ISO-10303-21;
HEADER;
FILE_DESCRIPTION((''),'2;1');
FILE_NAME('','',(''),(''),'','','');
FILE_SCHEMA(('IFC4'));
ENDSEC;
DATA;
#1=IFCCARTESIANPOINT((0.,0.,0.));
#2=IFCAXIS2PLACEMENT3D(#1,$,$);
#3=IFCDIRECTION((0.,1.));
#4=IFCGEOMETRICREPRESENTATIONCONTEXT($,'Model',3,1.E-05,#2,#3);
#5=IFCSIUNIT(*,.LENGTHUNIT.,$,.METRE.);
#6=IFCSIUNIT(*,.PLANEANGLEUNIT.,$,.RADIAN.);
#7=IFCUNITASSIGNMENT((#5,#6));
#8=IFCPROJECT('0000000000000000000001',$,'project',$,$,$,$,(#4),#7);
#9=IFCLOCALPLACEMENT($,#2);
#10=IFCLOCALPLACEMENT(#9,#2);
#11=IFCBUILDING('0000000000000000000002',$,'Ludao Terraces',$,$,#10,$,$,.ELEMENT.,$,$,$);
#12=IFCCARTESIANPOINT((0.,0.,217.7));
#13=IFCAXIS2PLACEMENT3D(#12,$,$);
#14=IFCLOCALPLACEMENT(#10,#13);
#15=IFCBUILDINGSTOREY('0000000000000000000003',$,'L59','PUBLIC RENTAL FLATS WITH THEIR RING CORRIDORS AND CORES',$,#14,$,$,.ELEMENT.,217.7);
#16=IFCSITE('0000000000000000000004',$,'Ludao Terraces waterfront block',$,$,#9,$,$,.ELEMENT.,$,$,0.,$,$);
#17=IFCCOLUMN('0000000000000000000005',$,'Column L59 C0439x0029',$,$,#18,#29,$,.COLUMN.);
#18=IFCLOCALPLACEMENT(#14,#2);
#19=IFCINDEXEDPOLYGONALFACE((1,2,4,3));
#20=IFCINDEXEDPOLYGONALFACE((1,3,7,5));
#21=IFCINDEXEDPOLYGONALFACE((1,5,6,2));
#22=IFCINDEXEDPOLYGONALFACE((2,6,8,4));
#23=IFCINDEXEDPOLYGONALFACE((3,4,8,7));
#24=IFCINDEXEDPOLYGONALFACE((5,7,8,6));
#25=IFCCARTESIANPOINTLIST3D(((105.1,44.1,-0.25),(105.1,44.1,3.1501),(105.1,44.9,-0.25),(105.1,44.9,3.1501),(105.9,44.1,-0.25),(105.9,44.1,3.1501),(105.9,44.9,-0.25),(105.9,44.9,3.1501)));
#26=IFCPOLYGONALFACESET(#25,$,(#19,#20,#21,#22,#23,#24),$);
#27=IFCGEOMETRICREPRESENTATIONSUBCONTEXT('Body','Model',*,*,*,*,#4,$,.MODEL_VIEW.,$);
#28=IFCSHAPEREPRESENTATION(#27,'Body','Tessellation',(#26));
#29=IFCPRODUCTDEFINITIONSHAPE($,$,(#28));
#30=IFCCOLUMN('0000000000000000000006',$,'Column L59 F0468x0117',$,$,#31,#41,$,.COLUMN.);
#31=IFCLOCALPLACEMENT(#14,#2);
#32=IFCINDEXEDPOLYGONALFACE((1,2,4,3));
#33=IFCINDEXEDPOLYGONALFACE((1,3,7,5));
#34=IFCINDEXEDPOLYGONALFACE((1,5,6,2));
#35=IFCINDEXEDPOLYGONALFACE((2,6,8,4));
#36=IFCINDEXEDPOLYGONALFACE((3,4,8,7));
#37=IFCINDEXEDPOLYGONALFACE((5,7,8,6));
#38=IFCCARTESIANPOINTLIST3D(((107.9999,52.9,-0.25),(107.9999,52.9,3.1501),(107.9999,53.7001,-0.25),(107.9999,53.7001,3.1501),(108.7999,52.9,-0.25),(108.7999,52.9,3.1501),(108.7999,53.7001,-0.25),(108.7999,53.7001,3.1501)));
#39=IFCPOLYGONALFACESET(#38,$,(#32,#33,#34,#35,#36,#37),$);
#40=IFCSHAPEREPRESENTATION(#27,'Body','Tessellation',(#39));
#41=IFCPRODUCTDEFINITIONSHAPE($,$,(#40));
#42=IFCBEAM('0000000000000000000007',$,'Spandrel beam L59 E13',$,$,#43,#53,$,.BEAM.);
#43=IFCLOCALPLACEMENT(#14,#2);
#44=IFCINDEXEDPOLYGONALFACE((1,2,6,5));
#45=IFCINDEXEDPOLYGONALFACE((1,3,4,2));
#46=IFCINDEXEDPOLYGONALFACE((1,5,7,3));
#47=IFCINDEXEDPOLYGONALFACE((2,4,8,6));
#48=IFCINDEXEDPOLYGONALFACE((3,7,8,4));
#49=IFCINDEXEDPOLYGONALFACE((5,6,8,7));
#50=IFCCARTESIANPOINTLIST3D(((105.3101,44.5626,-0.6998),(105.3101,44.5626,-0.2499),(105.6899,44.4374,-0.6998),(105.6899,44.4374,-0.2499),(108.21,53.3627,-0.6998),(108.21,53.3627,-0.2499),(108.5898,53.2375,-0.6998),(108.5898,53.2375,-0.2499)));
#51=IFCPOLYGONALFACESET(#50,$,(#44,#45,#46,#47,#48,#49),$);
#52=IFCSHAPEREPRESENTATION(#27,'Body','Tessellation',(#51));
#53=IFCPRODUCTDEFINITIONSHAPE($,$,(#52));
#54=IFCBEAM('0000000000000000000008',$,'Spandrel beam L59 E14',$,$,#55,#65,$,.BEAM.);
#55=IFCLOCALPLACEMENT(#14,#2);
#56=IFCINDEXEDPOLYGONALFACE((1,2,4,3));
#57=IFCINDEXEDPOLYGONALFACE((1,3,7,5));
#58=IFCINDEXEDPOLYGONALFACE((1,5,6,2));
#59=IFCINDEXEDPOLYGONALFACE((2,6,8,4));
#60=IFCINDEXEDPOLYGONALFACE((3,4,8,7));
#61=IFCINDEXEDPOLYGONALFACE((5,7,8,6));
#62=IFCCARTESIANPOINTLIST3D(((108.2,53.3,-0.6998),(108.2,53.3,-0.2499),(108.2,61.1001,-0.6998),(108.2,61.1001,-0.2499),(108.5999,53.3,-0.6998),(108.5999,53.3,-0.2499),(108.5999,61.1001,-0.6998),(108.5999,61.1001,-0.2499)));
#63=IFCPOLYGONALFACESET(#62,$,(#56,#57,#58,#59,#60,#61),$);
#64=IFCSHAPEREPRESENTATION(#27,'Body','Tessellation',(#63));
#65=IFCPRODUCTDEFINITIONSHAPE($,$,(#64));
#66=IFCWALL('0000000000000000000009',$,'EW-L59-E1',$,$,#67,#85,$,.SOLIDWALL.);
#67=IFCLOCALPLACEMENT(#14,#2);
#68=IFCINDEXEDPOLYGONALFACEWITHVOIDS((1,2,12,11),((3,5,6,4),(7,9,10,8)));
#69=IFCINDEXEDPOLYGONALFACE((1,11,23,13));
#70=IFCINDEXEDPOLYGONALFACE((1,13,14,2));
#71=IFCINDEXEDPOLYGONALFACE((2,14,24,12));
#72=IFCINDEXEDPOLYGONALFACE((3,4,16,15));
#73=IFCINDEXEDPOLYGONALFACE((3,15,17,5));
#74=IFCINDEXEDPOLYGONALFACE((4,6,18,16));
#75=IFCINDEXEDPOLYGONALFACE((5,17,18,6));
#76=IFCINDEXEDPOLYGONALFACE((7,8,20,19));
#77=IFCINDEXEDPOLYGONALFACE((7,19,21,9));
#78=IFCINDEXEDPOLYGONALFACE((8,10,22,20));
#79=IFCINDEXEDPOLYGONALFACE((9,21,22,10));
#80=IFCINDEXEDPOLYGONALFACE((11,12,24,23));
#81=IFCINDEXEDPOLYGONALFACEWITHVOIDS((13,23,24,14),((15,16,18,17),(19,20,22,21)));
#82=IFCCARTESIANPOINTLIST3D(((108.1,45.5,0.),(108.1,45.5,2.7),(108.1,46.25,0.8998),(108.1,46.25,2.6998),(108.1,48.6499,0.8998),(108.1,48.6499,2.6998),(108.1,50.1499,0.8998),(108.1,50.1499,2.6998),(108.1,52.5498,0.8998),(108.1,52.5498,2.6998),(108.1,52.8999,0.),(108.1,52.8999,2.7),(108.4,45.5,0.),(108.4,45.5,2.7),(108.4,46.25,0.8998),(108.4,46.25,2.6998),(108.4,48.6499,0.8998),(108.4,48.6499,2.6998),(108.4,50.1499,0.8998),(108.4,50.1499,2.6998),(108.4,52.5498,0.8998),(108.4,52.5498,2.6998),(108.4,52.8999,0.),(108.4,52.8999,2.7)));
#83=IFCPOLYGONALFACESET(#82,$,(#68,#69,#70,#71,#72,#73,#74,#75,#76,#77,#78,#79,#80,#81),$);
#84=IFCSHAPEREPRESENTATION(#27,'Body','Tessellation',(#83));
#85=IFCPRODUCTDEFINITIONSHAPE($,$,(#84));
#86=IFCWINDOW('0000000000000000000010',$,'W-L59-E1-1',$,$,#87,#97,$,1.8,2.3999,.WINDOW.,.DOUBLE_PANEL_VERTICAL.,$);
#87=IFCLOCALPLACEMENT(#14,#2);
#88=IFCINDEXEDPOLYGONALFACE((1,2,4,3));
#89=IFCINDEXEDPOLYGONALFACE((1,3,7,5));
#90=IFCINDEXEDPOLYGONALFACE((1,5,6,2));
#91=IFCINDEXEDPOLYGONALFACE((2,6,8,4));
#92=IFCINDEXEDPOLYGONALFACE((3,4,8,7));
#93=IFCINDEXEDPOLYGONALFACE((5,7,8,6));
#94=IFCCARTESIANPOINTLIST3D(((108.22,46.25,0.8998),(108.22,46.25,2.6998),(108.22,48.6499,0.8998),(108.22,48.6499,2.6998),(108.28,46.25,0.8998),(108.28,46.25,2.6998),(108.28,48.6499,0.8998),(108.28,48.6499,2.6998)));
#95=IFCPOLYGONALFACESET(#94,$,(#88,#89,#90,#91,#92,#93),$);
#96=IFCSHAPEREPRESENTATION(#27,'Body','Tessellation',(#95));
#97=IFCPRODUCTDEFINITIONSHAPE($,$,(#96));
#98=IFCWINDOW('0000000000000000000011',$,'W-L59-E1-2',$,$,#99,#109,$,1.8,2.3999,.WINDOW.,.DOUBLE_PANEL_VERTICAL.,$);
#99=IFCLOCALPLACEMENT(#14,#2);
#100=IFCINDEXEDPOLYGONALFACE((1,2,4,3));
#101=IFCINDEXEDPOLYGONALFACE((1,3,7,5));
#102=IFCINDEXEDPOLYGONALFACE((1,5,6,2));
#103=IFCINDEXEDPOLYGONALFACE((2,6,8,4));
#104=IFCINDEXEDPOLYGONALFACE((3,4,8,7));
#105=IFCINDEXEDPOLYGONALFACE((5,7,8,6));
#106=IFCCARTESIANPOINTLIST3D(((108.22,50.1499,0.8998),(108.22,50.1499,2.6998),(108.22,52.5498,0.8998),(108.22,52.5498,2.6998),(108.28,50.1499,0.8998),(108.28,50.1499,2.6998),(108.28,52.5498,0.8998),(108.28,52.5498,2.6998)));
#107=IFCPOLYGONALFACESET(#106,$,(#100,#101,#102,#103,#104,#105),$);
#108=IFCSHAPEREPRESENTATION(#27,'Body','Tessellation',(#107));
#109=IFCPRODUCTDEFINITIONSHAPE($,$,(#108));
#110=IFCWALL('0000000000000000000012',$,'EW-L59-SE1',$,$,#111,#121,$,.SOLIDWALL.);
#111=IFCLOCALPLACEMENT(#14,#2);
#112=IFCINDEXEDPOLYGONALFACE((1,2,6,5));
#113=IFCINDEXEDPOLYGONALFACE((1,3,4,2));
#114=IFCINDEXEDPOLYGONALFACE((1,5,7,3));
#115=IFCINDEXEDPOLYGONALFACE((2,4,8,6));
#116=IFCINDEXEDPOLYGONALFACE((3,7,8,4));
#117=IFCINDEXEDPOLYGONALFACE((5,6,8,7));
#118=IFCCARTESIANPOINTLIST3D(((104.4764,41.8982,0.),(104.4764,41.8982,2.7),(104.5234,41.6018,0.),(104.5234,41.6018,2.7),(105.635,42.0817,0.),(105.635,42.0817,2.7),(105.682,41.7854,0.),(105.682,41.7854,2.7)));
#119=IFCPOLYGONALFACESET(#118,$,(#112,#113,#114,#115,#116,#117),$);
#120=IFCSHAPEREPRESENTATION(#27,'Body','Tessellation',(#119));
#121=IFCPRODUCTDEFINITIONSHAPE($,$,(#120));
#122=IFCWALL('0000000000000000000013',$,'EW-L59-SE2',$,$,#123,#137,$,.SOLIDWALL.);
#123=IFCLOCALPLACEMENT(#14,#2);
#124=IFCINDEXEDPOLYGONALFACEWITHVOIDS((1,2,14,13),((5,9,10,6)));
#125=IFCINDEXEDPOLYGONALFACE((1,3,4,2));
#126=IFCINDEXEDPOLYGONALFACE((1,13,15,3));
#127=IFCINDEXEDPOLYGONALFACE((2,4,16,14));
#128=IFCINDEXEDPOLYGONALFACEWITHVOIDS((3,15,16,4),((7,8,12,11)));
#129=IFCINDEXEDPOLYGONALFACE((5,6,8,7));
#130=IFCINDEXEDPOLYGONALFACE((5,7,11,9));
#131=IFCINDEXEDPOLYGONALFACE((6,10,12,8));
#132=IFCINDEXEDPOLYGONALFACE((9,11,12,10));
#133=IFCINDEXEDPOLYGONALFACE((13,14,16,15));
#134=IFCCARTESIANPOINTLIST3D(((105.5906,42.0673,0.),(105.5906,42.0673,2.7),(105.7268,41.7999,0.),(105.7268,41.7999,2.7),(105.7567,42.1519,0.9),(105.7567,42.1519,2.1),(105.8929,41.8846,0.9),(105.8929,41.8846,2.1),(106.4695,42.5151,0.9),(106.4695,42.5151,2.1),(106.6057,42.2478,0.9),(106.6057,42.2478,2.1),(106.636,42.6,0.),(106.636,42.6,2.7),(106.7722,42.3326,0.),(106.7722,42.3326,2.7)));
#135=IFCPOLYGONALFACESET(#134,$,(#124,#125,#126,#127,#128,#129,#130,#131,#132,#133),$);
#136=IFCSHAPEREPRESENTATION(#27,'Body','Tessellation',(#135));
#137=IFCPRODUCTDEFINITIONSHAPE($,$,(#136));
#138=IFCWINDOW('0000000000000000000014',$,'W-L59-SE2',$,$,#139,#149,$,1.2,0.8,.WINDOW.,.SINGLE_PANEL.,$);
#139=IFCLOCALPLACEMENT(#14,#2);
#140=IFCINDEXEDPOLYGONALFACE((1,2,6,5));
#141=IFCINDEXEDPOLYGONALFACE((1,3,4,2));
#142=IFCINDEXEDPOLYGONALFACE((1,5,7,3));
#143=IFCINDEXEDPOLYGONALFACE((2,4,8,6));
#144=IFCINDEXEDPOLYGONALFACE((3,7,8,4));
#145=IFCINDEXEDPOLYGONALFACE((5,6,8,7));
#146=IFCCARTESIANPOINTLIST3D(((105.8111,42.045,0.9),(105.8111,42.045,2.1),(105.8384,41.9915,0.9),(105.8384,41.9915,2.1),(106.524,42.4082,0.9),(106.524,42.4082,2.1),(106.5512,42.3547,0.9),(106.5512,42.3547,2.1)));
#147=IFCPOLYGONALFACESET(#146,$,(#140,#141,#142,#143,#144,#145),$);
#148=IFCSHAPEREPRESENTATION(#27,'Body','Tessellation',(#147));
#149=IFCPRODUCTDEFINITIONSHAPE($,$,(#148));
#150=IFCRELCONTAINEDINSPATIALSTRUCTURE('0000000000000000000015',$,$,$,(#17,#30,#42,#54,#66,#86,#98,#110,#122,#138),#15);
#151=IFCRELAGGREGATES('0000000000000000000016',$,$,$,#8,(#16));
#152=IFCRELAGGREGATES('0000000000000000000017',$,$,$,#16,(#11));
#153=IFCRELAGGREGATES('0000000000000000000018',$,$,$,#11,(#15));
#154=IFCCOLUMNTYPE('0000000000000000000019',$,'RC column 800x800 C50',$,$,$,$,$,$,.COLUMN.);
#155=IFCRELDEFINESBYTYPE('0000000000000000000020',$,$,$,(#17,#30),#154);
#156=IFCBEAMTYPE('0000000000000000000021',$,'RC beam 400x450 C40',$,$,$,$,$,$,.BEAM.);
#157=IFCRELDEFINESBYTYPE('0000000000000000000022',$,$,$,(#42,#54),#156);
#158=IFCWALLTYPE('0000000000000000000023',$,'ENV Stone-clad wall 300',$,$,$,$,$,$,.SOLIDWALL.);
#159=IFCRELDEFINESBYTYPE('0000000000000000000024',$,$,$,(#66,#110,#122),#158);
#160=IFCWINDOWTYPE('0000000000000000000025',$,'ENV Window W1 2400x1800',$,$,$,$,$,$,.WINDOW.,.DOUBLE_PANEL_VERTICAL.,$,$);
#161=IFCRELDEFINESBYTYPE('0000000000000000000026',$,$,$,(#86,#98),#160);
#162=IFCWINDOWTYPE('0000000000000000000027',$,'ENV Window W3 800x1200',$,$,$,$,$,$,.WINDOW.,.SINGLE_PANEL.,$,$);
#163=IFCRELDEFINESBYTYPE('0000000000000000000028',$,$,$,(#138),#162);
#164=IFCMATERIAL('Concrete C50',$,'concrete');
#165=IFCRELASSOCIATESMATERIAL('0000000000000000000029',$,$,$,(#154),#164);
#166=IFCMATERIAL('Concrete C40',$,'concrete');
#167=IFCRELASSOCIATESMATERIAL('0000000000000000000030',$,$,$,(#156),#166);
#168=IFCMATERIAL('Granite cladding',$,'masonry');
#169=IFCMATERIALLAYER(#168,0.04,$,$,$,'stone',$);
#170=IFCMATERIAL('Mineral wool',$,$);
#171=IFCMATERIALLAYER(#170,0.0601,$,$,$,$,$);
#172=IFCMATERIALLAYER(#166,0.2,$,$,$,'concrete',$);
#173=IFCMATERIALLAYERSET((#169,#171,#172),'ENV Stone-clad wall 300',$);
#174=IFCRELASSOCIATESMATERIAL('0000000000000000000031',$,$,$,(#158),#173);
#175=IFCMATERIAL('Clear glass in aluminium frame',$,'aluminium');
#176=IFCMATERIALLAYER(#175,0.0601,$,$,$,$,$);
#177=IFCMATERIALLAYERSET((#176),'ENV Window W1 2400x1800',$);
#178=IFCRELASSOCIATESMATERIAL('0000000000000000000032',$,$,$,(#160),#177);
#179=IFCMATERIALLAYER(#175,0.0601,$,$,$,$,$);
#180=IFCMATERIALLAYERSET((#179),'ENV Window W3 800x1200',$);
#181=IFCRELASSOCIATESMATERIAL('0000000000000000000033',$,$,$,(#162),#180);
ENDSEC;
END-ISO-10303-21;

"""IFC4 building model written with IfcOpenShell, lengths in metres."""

from ifc_helpers import new_model, si_unit, direction, frame, frame_2d, origin, origin_2d, place, context, subcontext, project, spatial, rectangle, extrude, material, layer, layer_set, material_profile, profile_set, type_object, element, fill, save


model = new_model("IFC4")

# Units and contexts
model_context = context("Model", 3, precision=1e-05, world=origin(), true_north=direction((0.0, 1.0)))
body_context = subcontext(model_context, "Body", "Model", "MODEL_VIEW")
ifc_project = project(units=[si_unit("LENGTHUNIT", "METRE"), si_unit("PLANEANGLEUNIT", "RADIAN")], contexts=[model_context])

# Site, building, storey
site_placement = place(None, origin())
site = spatial("IfcSite", under=ifc_project, at=site_placement, Name="Ludao Terraces waterfront block", CompositionType="ELEMENT", RefElevation=0.0)
building_placement = place(site_placement, origin())
building = spatial("IfcBuilding", under=site, at=building_placement, Name="Ludao Terraces", CompositionType="ELEMENT")
storey_placement = place(building_placement, frame((0.0, 0.0, 217.7)))
storey = spatial("IfcBuildingStorey", under=building, at=storey_placement, Name="L59", Description="PUBLIC RENTAL FLATS WITH THEIR RING CORRIDORS AND CORES", CompositionType="ELEMENT", Elevation=217.7)

# Columns
ifc_material_1 = material(Name="Concrete C50", Category="concrete")
ifc_material_profile_1 = material_profile(ifc_material_1, rectangle(XDim=0.8, YDim=0.8, at=origin_2d()), Name="800 X 800")
ifc_profile_set_1 = profile_set([ifc_material_profile_1], Name="Concrete C50")
column_type = type_object("IfcColumnType", Name="RC column 800x800 C50", PredefinedType="COLUMN", material=ifc_profile_set_1)
for number, where, z_axis, x_axis, name in (
    (1, (105.5, 44.5, -0.25), (0.0, 0.0, 1.0), (1.0, 0.0, 0.0), "Column L59 C0439x0029"),
    (2, (108.3999, 53.3, -0.25), (0.0, 0.0, 1.0), (1.0, 0.0, 0.0), "Column L59 F0468x0117"),
):
    element("IfcColumn", number, at=place(storey_placement, frame(where, z_axis=z_axis, x_axis=x_axis)), inside=storey, type_object=column_type, Name=name, PredefinedType="COLUMN", context=body_context, shape_type="SweptSolid", body=[
        extrude(rectangle(XDim=0.8, YDim=0.8, at=origin_2d()), origin(), (0.0, 0.0, 1.0), 3.4001),
    ])

# Beams
ifc_material_2 = material(Name="Concrete C40", Category="concrete")
ifc_material_profile_2 = material_profile(ifc_material_2, rectangle(XDim=0.3999, YDim=0.45, at=origin_2d()), Name="400 X 450")
ifc_profile_set_2 = profile_set([ifc_material_profile_2], Name="Concrete C40")
beam_type = type_object("IfcBeamType", Name="RC beam 400x450 C40", PredefinedType="BEAM", material=ifc_profile_set_2)
beam_1_placement = place(storey_placement, frame((105.5, 44.5, -0.4749), z_axis=(0.312977, 0.949761, 0.0), x_axis=(-0.949761, 0.312977, 0.0)))
element("IfcBeam", 3, at=beam_1_placement, inside=storey, type_object=beam_type, Name="Spandrel beam L59 E13", PredefinedType="BEAM", context=body_context, shape_type="SweptSolid", body=[
    extrude(rectangle(XDim=0.3999, YDim=0.45, at=origin_2d()), origin(), (0.0, 0.0, 1.0), 9.2656),
])
beam_2_placement = place(storey_placement, frame((108.3999, 53.3, -0.4749), z_axis=(0.0, 1.0, 0.0), x_axis=(-1.0, 0.0, 0.0)))
element("IfcBeam", 4, at=beam_2_placement, inside=storey, type_object=beam_type, Name="Spandrel beam L59 E14", PredefinedType="BEAM", context=body_context, shape_type="SweptSolid", body=[
    extrude(rectangle(XDim=0.3999, YDim=0.45, at=origin_2d()), origin(), (0.0, 0.0, 1.0), 7.8),
])

# Wall, openings, windows
ifc_material_3 = material(Name="Granite cladding", Category="masonry")
ifc_layer_1 = layer(ifc_material_3, 0.04, Category="stone")
ifc_material_4 = material(Name="Mineral wool")
ifc_layer_2 = layer(ifc_material_4, 0.0601)
ifc_layer_3 = layer(ifc_material_2, 0.2, Category="concrete")
ifc_layer_set_1 = layer_set([ifc_layer_1, ifc_layer_2, ifc_layer_3], Name="ENV Stone-clad wall 300")
wall_type_1 = type_object("IfcWallType", Name="ENV Stone-clad wall 300", PredefinedType="SOLIDWALL", material=ifc_layer_set_1)
wall_1_placement = place(storey_placement, frame((108.25, 45.5, 0.0), z_axis=(0.0, 0.0, 1.0), x_axis=(0.0, 1.0, 0.0)))
wall_1 = element("IfcWall", 5, at=wall_1_placement, inside=storey, type_object=wall_type_1, Name="EW-L59-E1", PredefinedType="SOLIDWALL", context=body_context, shape_type="SweptSolid", body=[
    extrude(rectangle(XDim=7.3999, YDim=0.3, at=frame_2d((3.7, 0.0))), origin(), (0.0, 0.0, 1.0), 2.7),
])
opening_1_placement = place(wall_1_placement, frame((0.75, 0.0, 0.8999)))
opening_1 = element("IfcOpeningElement", 6, at=opening_1_placement, cuts=wall_1, PredefinedType="OPENING", context=body_context, shape_type="SweptSolid", body=[
    extrude(rectangle(XDim=2.3999, YDim=1.8, at=frame_2d((1.2, 0.8999))), frame((0.0, 0.1602, 0.0), z_axis=(0.0, -1.0, 0.0), x_axis=(1.0, 0.0, 0.0)), (0.0, 0.0, 1.0), 0.3201),
])
opening_2_placement = place(wall_1_placement, frame((4.6499, 0.0, 0.8999)))
opening_2 = element("IfcOpeningElement", 7, at=opening_2_placement, cuts=wall_1, PredefinedType="OPENING", context=body_context, shape_type="SweptSolid", body=[
    extrude(rectangle(XDim=2.3999, YDim=1.8, at=frame_2d((1.2, 0.8999))), frame((0.0, 0.1602, 0.0), z_axis=(0.0, -1.0, 0.0), x_axis=(1.0, 0.0, 0.0)), (0.0, 0.0, 1.0), 0.3201),
])
ifc_material_5 = material(Name="Clear glass in aluminium frame", Category="aluminium")
ifc_layer_4 = layer(ifc_material_5, 0.0601)
ifc_layer_set_2 = layer_set([ifc_layer_4], Name="ENV Window W1 2400x1800")
window_type_1 = type_object("IfcWindowType", Name="ENV Window W1 2400x1800", PartitioningType="DOUBLE_PANEL_VERTICAL", PredefinedType="WINDOW", material=ifc_layer_set_2)
window_1_placement = place(opening_1_placement, origin())
window_1 = element("IfcWindow", 8, at=window_1_placement, inside=storey, type_object=window_type_1, Name="W-L59-E1-1", OverallHeight=1.8, OverallWidth=2.3999, PartitioningType="DOUBLE_PANEL_VERTICAL", PredefinedType="WINDOW", context=body_context, shape_type="SweptSolid", body=[
    extrude(rectangle(XDim=2.3999, YDim=1.8, at=frame_2d((1.2, 0.8999))), frame((0.0, 0.03, 0.0), z_axis=(0.0, -1.0, 0.0), x_axis=(1.0, 0.0, 0.0)), (0.0, 0.0, 1.0), 0.0601),
])
fill(opening_1, window_1)
window_2_placement = place(opening_2_placement, origin())
window_2 = element("IfcWindow", 9, at=window_2_placement, inside=storey, type_object=window_type_1, Name="W-L59-E1-2", OverallHeight=1.8, OverallWidth=2.3999, PartitioningType="DOUBLE_PANEL_VERTICAL", PredefinedType="WINDOW", context=body_context, shape_type="SweptSolid", body=[
    extrude(rectangle(XDim=2.3999, YDim=1.8, at=frame_2d((1.2, 0.8999))), frame((0.0, 0.03, 0.0), z_axis=(0.0, -1.0, 0.0), x_axis=(1.0, 0.0, 0.0)), (0.0, 0.0, 1.0), 0.0601),
])
fill(opening_2, window_2)

# Wall
wall_2_placement = place(storey_placement, frame((104.5, 41.75, 0.0), z_axis=(0.0, 0.0, 1.0), x_axis=(0.987678, 0.156497, 0.0)))
element("IfcWall", 10, at=wall_2_placement, inside=storey, type_object=wall_type_1, Name="EW-L59-SE1", PredefinedType="SOLIDWALL", context=body_context, shape_type="SweptSolid", body=[
    extrude(rectangle(XDim=1.1731, YDim=0.3, at=frame_2d((0.5864, 0.0))), origin(), (0.0, 0.0, 1.0), 2.7),
])

# Wall, opening, window
wall_3_placement = place(storey_placement, frame((105.6587, 41.9336, 0.0), z_axis=(0.0, 0.0, 1.0), x_axis=(0.890989, 0.454026, 0.0)))
wall_3 = element("IfcWall", 11, at=wall_3_placement, inside=storey, type_object=wall_type_1, Name="EW-L59-SE2", PredefinedType="SOLIDWALL", context=body_context, shape_type="SweptSolid", body=[
    extrude(rectangle(XDim=1.1733, YDim=0.3, at=frame_2d((0.5867, 0.0))), origin(), (0.0, 0.0, 1.0), 2.7),
])
opening_3_placement = place(wall_3_placement, frame((0.1865, 0.0, 0.8999)))
opening_3 = element("IfcOpeningElement", 12, at=opening_3_placement, cuts=wall_3, PredefinedType="OPENING", context=body_context, shape_type="SweptSolid", body=[
    extrude(rectangle(XDim=0.8, YDim=1.2, at=frame_2d((0.3999, 0.6001))), frame((0.0, 0.1602, 0.0), z_axis=(0.0, -1.0, 0.0), x_axis=(1.0, 0.0, 0.0)), (0.0, 0.0, 1.0), 0.3201),
])
ifc_layer_5 = layer(ifc_material_5, 0.0601)
ifc_layer_set_3 = layer_set([ifc_layer_5], Name="ENV Window W3 800x1200")
window_type_2 = type_object("IfcWindowType", Name="ENV Window W3 800x1200", PartitioningType="SINGLE_PANEL", PredefinedType="WINDOW", material=ifc_layer_set_3)
window_3_placement = place(opening_3_placement, origin())
window_3 = element("IfcWindow", 13, at=window_3_placement, inside=storey, type_object=window_type_2, Name="W-L59-SE2", OverallHeight=1.2, OverallWidth=0.8, PartitioningType="SINGLE_PANEL", PredefinedType="WINDOW", context=body_context, shape_type="SweptSolid", body=[
    extrude(rectangle(XDim=0.8, YDim=1.2, at=frame_2d((0.3999, 0.6001))), frame((0.0, 0.03, 0.0), z_axis=(0.0, -1.0, 0.0), x_axis=(1.0, 0.0, 0.0)), (0.0, 0.0, 1.0), 0.0601),
])
fill(opening_3, window_3)

save(model, "model.ifc")
